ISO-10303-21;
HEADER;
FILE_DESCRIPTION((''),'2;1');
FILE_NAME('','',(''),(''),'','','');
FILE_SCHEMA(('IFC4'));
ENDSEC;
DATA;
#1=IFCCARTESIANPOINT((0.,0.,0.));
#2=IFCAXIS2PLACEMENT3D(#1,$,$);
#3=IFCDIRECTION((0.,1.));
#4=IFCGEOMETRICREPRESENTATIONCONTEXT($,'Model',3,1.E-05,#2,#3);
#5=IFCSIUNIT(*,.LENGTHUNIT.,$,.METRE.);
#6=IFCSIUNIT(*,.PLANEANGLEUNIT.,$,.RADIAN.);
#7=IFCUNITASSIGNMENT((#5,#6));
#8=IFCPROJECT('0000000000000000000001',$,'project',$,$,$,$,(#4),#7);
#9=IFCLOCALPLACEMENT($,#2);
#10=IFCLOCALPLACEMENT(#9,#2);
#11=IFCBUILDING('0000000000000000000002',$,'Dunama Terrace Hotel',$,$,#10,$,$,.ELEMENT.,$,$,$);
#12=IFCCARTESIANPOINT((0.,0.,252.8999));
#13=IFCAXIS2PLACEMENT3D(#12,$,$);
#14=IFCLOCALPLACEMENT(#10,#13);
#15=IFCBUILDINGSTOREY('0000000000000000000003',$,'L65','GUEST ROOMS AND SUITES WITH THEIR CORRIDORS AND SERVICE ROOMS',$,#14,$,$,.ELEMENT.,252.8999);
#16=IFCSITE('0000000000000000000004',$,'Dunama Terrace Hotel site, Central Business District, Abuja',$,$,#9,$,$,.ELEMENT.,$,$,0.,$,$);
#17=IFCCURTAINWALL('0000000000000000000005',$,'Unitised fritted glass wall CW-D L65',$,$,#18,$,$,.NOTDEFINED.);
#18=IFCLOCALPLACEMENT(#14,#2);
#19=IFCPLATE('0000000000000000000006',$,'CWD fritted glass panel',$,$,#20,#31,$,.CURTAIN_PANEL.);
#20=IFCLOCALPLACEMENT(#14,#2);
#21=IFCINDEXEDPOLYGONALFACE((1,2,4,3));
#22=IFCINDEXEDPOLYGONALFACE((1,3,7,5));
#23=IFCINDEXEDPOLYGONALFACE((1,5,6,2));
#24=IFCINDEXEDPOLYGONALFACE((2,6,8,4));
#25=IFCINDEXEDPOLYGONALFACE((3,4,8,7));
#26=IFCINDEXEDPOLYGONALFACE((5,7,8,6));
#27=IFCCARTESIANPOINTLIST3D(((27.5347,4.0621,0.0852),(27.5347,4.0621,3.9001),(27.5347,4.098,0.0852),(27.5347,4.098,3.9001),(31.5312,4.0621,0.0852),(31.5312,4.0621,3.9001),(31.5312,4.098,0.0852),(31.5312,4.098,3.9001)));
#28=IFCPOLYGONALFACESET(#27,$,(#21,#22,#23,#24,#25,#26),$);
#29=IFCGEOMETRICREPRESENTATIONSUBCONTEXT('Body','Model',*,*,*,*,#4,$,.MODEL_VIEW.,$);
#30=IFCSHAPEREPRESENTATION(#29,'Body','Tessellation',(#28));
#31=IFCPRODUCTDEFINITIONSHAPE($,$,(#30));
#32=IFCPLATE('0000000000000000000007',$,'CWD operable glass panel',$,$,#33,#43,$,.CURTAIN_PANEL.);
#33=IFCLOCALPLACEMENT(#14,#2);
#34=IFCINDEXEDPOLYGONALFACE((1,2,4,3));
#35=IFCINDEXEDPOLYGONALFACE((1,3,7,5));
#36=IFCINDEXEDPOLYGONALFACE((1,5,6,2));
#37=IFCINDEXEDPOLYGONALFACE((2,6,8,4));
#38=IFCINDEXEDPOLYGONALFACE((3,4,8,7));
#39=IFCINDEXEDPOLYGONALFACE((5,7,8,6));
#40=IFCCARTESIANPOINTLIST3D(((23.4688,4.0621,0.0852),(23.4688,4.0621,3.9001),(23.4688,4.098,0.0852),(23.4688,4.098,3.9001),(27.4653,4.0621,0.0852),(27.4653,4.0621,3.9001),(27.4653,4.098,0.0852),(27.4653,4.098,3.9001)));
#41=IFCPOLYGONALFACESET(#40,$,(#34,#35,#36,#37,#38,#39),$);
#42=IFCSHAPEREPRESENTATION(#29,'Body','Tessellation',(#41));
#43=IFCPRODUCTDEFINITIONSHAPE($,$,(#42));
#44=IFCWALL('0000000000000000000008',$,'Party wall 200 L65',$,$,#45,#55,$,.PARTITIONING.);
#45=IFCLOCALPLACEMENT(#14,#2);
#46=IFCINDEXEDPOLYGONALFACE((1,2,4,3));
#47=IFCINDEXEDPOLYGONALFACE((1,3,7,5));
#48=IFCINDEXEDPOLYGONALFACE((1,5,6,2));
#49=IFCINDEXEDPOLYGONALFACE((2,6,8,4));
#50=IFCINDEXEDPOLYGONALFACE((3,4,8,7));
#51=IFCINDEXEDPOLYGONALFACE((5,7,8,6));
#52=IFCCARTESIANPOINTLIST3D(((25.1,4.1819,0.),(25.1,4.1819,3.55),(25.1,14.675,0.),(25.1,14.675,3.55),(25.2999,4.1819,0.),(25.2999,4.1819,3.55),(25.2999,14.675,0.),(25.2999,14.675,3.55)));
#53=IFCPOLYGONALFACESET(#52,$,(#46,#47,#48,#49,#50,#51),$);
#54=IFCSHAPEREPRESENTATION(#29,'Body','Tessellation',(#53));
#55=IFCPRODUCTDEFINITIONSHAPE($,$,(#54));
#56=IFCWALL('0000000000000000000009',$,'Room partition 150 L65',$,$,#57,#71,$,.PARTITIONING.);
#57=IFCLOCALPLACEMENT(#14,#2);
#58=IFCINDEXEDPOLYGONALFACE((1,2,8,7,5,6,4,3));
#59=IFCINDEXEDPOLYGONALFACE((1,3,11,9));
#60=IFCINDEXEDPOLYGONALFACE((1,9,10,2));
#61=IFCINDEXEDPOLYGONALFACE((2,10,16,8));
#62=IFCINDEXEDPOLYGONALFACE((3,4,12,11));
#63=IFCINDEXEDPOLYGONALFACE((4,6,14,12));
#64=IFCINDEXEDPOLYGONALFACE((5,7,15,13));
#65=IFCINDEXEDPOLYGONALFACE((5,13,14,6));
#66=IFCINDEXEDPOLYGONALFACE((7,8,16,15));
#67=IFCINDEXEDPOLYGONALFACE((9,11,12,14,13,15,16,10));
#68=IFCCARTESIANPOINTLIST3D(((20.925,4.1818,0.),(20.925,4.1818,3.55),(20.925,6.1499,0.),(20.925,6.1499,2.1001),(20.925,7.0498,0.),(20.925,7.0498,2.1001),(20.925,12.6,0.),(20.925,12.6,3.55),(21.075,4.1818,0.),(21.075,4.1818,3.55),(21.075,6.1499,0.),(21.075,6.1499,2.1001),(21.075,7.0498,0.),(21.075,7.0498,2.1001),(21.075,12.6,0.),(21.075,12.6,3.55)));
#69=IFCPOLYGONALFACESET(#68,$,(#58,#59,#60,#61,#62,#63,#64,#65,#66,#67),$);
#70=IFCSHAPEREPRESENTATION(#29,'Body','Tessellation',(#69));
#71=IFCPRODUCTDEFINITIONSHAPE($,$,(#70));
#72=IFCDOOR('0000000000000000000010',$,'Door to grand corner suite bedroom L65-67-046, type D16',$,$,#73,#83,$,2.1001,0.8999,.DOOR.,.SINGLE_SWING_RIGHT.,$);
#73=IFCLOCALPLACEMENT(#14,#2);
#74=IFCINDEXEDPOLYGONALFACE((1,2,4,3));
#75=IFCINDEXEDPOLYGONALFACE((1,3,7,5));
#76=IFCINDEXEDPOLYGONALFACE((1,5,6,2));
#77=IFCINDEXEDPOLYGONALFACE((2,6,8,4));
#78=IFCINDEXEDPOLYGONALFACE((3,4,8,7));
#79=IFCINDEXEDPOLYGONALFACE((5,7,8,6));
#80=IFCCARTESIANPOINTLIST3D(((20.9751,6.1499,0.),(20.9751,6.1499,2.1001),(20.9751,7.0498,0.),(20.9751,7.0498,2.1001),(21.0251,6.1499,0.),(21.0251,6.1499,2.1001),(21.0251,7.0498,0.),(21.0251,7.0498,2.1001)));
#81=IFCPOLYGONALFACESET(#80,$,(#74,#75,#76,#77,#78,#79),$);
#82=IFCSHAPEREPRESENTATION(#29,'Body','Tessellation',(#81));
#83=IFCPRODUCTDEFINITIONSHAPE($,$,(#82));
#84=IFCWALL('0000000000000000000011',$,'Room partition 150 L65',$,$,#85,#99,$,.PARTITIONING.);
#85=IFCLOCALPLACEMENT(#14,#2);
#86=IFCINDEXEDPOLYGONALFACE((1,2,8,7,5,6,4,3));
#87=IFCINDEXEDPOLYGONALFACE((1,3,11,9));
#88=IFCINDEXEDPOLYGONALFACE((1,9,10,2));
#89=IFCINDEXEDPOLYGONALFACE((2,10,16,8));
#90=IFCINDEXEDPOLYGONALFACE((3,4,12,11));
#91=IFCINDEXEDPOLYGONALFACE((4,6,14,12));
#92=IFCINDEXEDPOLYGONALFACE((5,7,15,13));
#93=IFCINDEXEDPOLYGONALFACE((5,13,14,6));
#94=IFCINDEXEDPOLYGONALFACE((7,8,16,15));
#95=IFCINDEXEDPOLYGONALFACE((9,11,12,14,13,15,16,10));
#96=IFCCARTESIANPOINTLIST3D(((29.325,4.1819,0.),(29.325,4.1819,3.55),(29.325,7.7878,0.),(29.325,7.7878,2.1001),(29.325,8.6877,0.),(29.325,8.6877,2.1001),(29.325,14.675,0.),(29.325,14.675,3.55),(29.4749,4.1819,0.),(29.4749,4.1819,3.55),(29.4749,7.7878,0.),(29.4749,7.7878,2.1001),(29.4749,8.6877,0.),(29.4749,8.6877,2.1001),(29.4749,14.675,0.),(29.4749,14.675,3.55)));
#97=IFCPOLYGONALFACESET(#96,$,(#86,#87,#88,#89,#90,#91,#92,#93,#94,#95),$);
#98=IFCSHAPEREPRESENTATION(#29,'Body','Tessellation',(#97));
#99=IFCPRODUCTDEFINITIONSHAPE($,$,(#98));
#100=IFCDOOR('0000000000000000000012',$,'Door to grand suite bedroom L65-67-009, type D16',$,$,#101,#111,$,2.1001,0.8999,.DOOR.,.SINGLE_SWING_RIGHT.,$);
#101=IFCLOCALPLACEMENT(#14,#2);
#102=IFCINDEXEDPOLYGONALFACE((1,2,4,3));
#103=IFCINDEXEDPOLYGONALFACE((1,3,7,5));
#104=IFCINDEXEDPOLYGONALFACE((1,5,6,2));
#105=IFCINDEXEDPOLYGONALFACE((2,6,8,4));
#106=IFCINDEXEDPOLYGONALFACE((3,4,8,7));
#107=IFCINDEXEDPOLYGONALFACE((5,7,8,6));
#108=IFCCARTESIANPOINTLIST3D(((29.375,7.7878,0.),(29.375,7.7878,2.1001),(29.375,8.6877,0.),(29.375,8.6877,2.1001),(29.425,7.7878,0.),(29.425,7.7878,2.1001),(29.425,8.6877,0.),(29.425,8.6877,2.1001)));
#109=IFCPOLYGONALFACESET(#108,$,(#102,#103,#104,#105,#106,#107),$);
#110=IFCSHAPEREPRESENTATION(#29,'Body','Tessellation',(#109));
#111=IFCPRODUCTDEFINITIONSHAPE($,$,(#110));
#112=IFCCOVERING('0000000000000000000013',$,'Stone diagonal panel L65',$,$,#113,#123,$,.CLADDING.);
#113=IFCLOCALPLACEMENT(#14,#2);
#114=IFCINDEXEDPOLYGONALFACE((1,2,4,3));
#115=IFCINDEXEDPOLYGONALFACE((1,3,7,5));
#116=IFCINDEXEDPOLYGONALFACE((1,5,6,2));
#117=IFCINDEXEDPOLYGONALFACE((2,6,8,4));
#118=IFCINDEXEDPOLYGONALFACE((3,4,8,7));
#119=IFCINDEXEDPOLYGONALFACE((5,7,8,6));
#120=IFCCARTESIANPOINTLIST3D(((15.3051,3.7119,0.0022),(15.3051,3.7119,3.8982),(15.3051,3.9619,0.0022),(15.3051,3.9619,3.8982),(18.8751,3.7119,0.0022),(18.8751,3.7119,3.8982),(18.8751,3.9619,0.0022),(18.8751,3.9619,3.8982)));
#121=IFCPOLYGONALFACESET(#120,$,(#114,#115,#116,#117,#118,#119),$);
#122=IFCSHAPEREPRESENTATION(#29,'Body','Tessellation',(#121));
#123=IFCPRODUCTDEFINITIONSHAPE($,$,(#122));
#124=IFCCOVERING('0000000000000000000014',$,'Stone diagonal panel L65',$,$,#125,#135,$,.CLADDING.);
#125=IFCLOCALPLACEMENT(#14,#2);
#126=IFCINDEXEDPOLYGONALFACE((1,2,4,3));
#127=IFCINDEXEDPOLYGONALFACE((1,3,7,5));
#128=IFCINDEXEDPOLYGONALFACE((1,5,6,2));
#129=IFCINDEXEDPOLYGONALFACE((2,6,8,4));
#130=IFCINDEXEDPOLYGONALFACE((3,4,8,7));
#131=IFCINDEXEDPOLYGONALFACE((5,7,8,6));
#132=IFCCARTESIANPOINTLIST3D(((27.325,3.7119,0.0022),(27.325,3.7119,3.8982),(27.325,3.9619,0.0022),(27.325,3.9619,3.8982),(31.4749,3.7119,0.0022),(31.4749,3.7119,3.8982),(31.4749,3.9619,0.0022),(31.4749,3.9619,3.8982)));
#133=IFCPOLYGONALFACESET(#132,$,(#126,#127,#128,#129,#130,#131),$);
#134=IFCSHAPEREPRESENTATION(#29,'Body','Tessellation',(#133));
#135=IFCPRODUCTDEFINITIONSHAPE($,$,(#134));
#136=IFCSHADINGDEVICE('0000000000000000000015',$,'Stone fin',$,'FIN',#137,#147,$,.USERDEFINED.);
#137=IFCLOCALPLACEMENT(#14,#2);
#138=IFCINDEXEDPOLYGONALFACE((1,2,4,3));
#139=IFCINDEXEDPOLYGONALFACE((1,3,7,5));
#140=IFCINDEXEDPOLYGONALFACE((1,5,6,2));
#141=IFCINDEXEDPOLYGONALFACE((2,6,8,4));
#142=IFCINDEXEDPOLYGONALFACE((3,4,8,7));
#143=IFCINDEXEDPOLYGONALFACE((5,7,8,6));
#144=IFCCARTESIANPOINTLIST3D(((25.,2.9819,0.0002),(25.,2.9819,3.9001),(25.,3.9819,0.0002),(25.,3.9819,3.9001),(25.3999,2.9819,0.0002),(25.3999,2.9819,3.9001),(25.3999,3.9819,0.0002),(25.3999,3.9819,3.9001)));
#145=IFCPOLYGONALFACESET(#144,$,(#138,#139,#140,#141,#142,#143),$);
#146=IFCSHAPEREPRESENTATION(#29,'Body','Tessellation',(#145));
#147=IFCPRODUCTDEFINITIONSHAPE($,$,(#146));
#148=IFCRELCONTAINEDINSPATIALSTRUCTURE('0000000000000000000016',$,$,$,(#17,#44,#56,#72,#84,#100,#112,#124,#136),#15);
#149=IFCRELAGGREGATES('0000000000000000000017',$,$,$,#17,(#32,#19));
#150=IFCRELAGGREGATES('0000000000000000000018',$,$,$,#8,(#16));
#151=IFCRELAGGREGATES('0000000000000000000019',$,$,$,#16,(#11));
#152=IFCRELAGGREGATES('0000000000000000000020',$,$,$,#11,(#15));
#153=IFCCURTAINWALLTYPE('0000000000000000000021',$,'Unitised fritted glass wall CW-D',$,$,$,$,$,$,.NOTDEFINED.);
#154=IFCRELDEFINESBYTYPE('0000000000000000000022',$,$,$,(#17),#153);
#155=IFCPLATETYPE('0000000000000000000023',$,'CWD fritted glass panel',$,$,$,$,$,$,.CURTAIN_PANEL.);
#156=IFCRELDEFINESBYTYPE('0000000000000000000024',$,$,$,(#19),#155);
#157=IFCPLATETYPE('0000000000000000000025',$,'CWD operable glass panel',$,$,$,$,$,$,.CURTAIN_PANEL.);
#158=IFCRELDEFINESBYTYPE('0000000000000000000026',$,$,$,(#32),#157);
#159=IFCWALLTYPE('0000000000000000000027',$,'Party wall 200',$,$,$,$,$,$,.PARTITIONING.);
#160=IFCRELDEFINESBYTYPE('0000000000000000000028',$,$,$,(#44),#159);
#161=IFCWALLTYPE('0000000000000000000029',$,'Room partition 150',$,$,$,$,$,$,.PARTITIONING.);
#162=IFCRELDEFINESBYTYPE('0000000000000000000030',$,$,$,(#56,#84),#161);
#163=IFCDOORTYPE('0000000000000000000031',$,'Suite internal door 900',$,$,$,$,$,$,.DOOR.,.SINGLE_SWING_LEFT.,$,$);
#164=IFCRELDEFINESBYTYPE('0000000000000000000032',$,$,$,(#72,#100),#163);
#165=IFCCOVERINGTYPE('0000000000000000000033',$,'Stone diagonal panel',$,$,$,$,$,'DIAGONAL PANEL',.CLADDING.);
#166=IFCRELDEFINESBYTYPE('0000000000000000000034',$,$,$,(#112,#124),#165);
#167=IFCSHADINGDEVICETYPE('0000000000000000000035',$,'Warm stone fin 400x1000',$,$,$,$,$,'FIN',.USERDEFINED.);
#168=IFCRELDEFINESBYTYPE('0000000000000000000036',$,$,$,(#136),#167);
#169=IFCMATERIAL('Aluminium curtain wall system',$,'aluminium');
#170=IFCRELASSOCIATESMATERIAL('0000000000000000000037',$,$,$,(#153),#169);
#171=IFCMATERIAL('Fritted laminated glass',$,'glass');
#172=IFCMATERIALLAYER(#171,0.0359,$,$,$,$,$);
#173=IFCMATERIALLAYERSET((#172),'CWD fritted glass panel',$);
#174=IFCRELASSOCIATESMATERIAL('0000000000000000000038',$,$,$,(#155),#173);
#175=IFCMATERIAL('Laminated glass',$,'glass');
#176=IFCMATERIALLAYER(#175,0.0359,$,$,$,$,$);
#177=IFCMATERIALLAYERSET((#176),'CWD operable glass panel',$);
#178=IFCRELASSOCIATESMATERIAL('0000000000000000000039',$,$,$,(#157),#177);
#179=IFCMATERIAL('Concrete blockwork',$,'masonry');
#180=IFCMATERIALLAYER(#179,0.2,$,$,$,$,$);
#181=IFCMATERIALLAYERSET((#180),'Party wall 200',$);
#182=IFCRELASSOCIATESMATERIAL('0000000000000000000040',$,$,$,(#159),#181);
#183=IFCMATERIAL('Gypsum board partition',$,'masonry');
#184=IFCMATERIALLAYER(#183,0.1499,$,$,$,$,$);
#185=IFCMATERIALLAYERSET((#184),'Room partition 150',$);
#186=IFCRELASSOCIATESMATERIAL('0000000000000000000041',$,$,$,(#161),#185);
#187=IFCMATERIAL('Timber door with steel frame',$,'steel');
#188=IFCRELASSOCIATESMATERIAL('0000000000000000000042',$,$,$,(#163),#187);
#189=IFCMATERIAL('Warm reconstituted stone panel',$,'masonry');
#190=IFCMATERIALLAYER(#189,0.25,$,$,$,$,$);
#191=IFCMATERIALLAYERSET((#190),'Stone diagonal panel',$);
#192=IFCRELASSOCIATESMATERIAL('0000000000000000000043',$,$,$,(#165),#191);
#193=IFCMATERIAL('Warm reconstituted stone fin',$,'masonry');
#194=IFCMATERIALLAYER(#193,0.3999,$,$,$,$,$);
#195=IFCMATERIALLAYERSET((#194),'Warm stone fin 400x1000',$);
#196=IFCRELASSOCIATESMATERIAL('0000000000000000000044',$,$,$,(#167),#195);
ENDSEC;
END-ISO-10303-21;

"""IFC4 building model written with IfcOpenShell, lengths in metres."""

from ifc_helpers import new_model, si_unit, direction, frame, frame_2d, origin, origin_2d, place, context, subcontext, project, spatial, rectangle, extrude, material, layer, layer_set, type_object, element, fill, aggregate, save


model = new_model("IFC4")

# Units and contexts
model_context = context("Model", 3, precision=1e-05, world=origin(), true_north=direction((0.0, 1.0)))
body_context = subcontext(model_context, "Body", "Model", "MODEL_VIEW")
ifc_project = project(units=[si_unit("LENGTHUNIT", "METRE"), si_unit("PLANEANGLEUNIT", "RADIAN")], contexts=[model_context])

# Site, building, storey
site_placement = place(None, origin())
site = spatial("IfcSite", under=ifc_project, at=site_placement, Name="Dunama Terrace Hotel site, Central Business District, Abuja", CompositionType="ELEMENT", RefElevation=0.0)
building_placement = place(site_placement, origin())
building = spatial("IfcBuilding", under=site, at=building_placement, Name="Dunama Terrace Hotel", CompositionType="ELEMENT")
storey_placement = place(building_placement, frame((0.0, 0.0, 252.8999)))
storey = spatial("IfcBuildingStorey", under=building, at=storey_placement, Name="L65", Description="GUEST ROOMS AND SUITES WITH THEIR CORRIDORS AND SERVICE ROOMS", CompositionType="ELEMENT", Elevation=252.8999)

# Curtain wall
ifc_material_1 = material(Name="Aluminium curtain wall system", Category="aluminium")
curtain_wall_type = type_object("IfcCurtainWallType", Name="Unitised fritted glass wall CW-D", PredefinedType="NOTDEFINED", material=ifc_material_1)
curtain_wall_placement = place(storey_placement, origin())
curtain_wall = element("IfcCurtainWall", 1, at=curtain_wall_placement, inside=storey, type_object=curtain_wall_type, Name="Unitised fritted glass wall CW-D L65", PredefinedType="NOTDEFINED")

# Plates
ifc_material_2 = material(Name="Fritted laminated glass", Category="glass")
ifc_layer_1 = layer(ifc_material_2, 0.0359)
ifc_layer_set_1 = layer_set([ifc_layer_1], Name="CWD fritted glass panel")
plate_type_1 = type_object("IfcPlateType", Name="CWD fritted glass panel", PredefinedType="CURTAIN_PANEL", material=ifc_layer_set_1)
plate_1_placement = place(storey_placement, frame((29.533, 4.0801, 0.0852), z_axis=(0.0, 0.0, 1.0), x_axis=(1.0, 0.0, 0.0)))
plate_1 = element("IfcPlate", 2, at=plate_1_placement, type_object=plate_type_1, Name="CWD fritted glass panel", PredefinedType="CURTAIN_PANEL", context=body_context, shape_type="SweptSolid", body=[
    extrude(rectangle(XDim=3.9966, YDim=0.0359, at=origin_2d()), origin(), (0.0, 0.0, 1.0), 3.8149),
])
ifc_material_3 = material(Name="Laminated glass", Category="glass")
ifc_layer_2 = layer(ifc_material_3, 0.0359)
ifc_layer_set_2 = layer_set([ifc_layer_2], Name="CWD operable glass panel")
plate_type_2 = type_object("IfcPlateType", Name="CWD operable glass panel", PredefinedType="CURTAIN_PANEL", material=ifc_layer_set_2)
plate_2_placement = place(storey_placement, frame((25.467, 4.0801, 0.0852), z_axis=(0.0, 0.0, 1.0), x_axis=(1.0, 0.0, 0.0)))
plate_2 = element("IfcPlate", 3, at=plate_2_placement, type_object=plate_type_2, Name="CWD operable glass panel", PredefinedType="CURTAIN_PANEL", context=body_context, shape_type="SweptSolid", body=[
    extrude(rectangle(XDim=3.9966, YDim=0.0359, at=origin_2d()), origin(), (0.0, 0.0, 1.0), 3.8149),
])
aggregate(curtain_wall, [plate_2, plate_1])

# Wall
ifc_material_4 = material(Name="Concrete blockwork", Category="masonry")
ifc_layer_3 = layer(ifc_material_4, 0.2)
ifc_layer_set_3 = layer_set([ifc_layer_3], Name="Party wall 200")
wall_type_1 = type_object("IfcWallType", Name="Party wall 200", PredefinedType="PARTITIONING", material=ifc_layer_set_3)
wall_1_placement = place(storey_placement, frame((25.2, 4.1819, 0.0), z_axis=(0.0, 0.0, 1.0), x_axis=(0.0, 1.0, 0.0)))
element("IfcWall", 4, at=wall_1_placement, inside=storey, type_object=wall_type_1, Name="Party wall 200 L65", PredefinedType="PARTITIONING", context=body_context, shape_type="SweptSolid", body=[
    extrude(rectangle(XDim=10.4932, YDim=0.2, at=frame_2d((5.2466, 0.0))), origin(), (0.0, 0.0, 1.0), 3.55),
])

# Walls, openings, doors
ifc_material_5 = material(Name="Gypsum board partition", Category="masonry")
ifc_layer_4 = layer(ifc_material_5, 0.1499)
ifc_layer_set_4 = layer_set([ifc_layer_4], Name="Room partition 150")
wall_type_2 = type_object("IfcWallType", Name="Room partition 150", PredefinedType="PARTITIONING", material=ifc_layer_set_4)
wall_2_placement = place(storey_placement, frame((21.0, 4.1819, 0.0), z_axis=(0.0, 0.0, 1.0), x_axis=(0.0, 1.0, 0.0)))
wall_2 = element("IfcWall", 5, at=wall_2_placement, inside=storey, type_object=wall_type_2, Name="Room partition 150 L65", PredefinedType="PARTITIONING", context=body_context, shape_type="SweptSolid", body=[
    extrude(rectangle(XDim=8.4182, YDim=0.1499, at=frame_2d((4.209, 0.0))), origin(), (0.0, 0.0, 1.0), 3.55),
])
opening_1_placement = place(wall_2_placement, frame((1.968, 0.0, 0.0)))
opening_1 = element("IfcOpeningElement", 6, at=opening_1_placement, cuts=wall_2, PredefinedType="OPENING", context=body_context, shape_type="SweptSolid", body=[
    extrude(rectangle(XDim=0.8999, YDim=2.1001, at=frame_2d((0.45, 1.05))), frame((0.0, 0.085, 0.0), z_axis=(0.0, -1.0, 0.0), x_axis=(1.0, 0.0, 0.0)), (0.0, 0.0, 1.0), 0.1699),
])
ifc_material_6 = material(Name="Timber door with steel frame", Category="steel")
door_type = type_object("IfcDoorType", Name="Suite internal door 900", OperationType="SINGLE_SWING_LEFT", PredefinedType="DOOR", material=ifc_material_6)
door_1_placement = place(opening_1_placement, origin())
door_1 = element("IfcDoor", 7, at=door_1_placement, inside=storey, type_object=door_type, Name="Door to grand corner suite bedroom L65-67-046, type D16", OperationType="SINGLE_SWING_RIGHT", OverallHeight=2.1001, OverallWidth=0.8999, PredefinedType="DOOR", context=body_context, shape_type="SweptSolid", body=[
    extrude(rectangle(XDim=0.8999, YDim=2.1001, at=frame_2d((0.45, 1.05))), frame((0.0, 0.0249, 0.0), z_axis=(0.0, -1.0, 0.0), x_axis=(1.0, 0.0, 0.0)), (0.0, 0.0, 1.0), 0.05),
])
fill(opening_1, door_1)
wall_3_placement = place(storey_placement, frame((29.3999, 4.1819, 0.0), z_axis=(0.0, 0.0, 1.0), x_axis=(0.0, 1.0, 0.0)))
wall_3 = element("IfcWall", 8, at=wall_3_placement, inside=storey, type_object=wall_type_2, Name="Room partition 150 L65", PredefinedType="PARTITIONING", context=body_context, shape_type="SweptSolid", body=[
    extrude(rectangle(XDim=10.4932, YDim=0.1499, at=frame_2d((5.2466, 0.0))), origin(), (0.0, 0.0, 1.0), 3.55),
])
opening_2_placement = place(wall_3_placement, frame((3.606, 0.0, 0.0)))
opening_2 = element("IfcOpeningElement", 9, at=opening_2_placement, cuts=wall_3, PredefinedType="OPENING", context=body_context, shape_type="SweptSolid", body=[
    extrude(rectangle(XDim=0.8999, YDim=2.1001, at=frame_2d((0.45, 1.05))), frame((0.0, 0.085, 0.0), z_axis=(0.0, -1.0, 0.0), x_axis=(1.0, 0.0, 0.0)), (0.0, 0.0, 1.0), 0.1699),
])
door_2_placement = place(opening_2_placement, origin())
door_2 = element("IfcDoor", 10, at=door_2_placement, inside=storey, type_object=door_type, Name="Door to grand suite bedroom L65-67-009, type D16", OperationType="SINGLE_SWING_RIGHT", OverallHeight=2.1001, OverallWidth=0.8999, PredefinedType="DOOR", context=body_context, shape_type="SweptSolid", body=[
    extrude(rectangle(XDim=0.8999, YDim=2.1001, at=frame_2d((0.45, 1.05))), frame((0.0, 0.0249, 0.0), z_axis=(0.0, -1.0, 0.0), x_axis=(1.0, 0.0, 0.0)), (0.0, 0.0, 1.0), 0.05),
])
fill(opening_2, door_2)

# Coverings
ifc_material_7 = material(Name="Warm reconstituted stone panel", Category="masonry")
ifc_layer_5 = layer(ifc_material_7, 0.25)
ifc_layer_set_5 = layer_set([ifc_layer_5], Name="Stone diagonal panel")
covering_type = type_object("IfcCoveringType", Name="Stone diagonal panel", ElementType="DIAGONAL PANEL", PredefinedType="CLADDING", material=ifc_layer_set_5)
covering_1_placement = place(storey_placement, frame((17.0901, 3.8369, 0.0022), z_axis=(0.0, 0.0, 1.0), x_axis=(1.0, 0.0, 0.0)))
element("IfcCovering", 11, at=covering_1_placement, inside=storey, type_object=covering_type, Name="Stone diagonal panel L65", PredefinedType="CLADDING", context=body_context, shape_type="SweptSolid", body=[
    extrude(rectangle(XDim=3.5701, YDim=0.25, at=origin_2d()), origin(), (0.0, 0.0, 1.0), 3.896),
])
covering_2_placement = place(storey_placement, frame((29.3999, 3.8369, 0.0022), z_axis=(0.0, 0.0, 1.0), x_axis=(1.0, 0.0, 0.0)))
element("IfcCovering", 12, at=covering_2_placement, inside=storey, type_object=covering_type, Name="Stone diagonal panel L65", PredefinedType="CLADDING", context=body_context, shape_type="SweptSolid", body=[
    extrude(rectangle(XDim=4.1499, YDim=0.25, at=origin_2d()), origin(), (0.0, 0.0, 1.0), 3.896),
])

# Shading device
ifc_material_8 = material(Name="Warm reconstituted stone fin", Category="masonry")
ifc_layer_6 = layer(ifc_material_8, 0.3999)
ifc_layer_set_6 = layer_set([ifc_layer_6], Name="Warm stone fin 400x1000")
shading_device_type = type_object("IfcShadingDeviceType", Name="Warm stone fin 400x1000", ElementType="FIN", PredefinedType="USERDEFINED", material=ifc_layer_set_6)
shading_device_placement = place(storey_placement, frame((25.2, 3.4819, 0.0002), z_axis=(0.0, 0.0, 1.0), x_axis=(1.0, 0.0, 0.0)))
element("IfcShadingDevice", 13, at=shading_device_placement, inside=storey, type_object=shading_device_type, Name="Stone fin", ObjectType="FIN", PredefinedType="USERDEFINED", context=body_context, shape_type="SweptSolid", body=[
    extrude(rectangle(XDim=0.3999, YDim=1.0, at=origin_2d()), origin(), (0.0, 0.0, 1.0), 3.8999),
])

save(model, "model.ifc")
